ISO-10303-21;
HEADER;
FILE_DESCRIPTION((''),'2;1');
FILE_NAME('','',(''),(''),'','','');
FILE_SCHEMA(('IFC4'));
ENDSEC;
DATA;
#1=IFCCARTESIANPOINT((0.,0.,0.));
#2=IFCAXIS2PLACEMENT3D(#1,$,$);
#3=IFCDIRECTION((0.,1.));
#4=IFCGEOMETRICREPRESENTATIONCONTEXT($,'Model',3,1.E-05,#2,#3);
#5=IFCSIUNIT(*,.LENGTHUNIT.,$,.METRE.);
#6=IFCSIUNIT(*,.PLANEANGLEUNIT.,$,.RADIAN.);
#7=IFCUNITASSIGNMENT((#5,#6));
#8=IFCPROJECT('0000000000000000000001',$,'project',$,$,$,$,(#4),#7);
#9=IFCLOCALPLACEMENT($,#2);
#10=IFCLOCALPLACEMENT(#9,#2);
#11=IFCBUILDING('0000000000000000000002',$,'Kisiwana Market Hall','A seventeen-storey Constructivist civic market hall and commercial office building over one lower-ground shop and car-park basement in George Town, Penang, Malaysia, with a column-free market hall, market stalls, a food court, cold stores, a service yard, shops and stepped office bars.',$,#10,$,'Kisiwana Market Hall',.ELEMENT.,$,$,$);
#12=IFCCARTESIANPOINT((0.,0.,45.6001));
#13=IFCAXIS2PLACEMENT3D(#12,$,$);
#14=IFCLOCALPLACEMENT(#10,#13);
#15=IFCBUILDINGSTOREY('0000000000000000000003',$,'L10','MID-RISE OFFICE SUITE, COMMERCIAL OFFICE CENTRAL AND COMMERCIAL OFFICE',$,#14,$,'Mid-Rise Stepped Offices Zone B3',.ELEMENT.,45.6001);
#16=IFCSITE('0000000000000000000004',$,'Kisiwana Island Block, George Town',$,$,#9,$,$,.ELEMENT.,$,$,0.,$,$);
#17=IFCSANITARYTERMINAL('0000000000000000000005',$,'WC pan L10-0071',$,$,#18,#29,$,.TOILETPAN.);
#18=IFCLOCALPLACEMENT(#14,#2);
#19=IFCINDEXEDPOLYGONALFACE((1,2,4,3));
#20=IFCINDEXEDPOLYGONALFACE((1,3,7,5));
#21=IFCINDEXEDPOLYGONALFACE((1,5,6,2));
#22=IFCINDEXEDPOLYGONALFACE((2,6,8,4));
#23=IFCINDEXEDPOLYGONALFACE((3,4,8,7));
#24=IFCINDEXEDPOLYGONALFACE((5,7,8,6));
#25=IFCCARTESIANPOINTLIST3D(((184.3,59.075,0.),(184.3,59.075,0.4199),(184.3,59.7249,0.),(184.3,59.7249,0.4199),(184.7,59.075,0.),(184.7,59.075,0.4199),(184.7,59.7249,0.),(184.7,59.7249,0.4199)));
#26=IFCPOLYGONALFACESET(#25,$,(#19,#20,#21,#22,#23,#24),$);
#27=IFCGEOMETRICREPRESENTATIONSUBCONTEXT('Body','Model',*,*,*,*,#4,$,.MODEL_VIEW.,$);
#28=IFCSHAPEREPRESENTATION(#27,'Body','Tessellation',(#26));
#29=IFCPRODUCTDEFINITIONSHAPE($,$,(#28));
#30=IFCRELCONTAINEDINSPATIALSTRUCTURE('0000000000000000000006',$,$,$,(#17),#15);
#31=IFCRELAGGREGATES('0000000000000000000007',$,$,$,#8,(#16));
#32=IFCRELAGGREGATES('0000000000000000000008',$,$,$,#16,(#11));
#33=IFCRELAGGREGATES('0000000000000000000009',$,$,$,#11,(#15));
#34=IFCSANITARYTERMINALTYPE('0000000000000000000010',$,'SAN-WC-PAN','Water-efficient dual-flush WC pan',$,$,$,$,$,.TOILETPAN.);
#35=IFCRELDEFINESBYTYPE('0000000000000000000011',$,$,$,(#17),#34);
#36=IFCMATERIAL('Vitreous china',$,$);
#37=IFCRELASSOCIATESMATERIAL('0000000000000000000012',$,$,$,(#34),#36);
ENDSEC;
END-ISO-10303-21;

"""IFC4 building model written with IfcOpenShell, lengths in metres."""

from ifc_helpers import new_model, si_unit, direction, frame, origin, origin_2d, place, context, subcontext, project, spatial, rectangle, extrude, material, type_object, element, save


model = new_model("IFC4")

# Units and contexts
model_context = context("Model", 3, precision=1e-05, world=origin(), true_north=direction((0.0, 1.0)))
body_context = subcontext(model_context, "Body", "Model", "MODEL_VIEW")
ifc_project = project(units=[si_unit("LENGTHUNIT", "METRE"), si_unit("PLANEANGLEUNIT", "RADIAN")], contexts=[model_context])

# Site, building, storey
site_placement = place(None, origin())
site = spatial("IfcSite", under=ifc_project, at=site_placement, Name="Kisiwana Island Block, George Town", CompositionType="ELEMENT", RefElevation=0.0)
building_placement = place(site_placement, origin())
building = spatial("IfcBuilding", under=site, at=building_placement, Name="Kisiwana Market Hall", Description="A seventeen-storey Constructivist civic market hall and commercial office building over one lower-ground shop and car-park basement in George Town, Penang, Malaysia, with a column-free market hall, market stalls, a food court, cold stores, a service yard, shops and stepped office bars.", LongName="Kisiwana Market Hall", CompositionType="ELEMENT")
storey_placement = place(building_placement, frame((0.0, 0.0, 45.6001)))
storey = spatial("IfcBuildingStorey", under=building, at=storey_placement, Name="L10", Description="MID-RISE OFFICE SUITE, COMMERCIAL OFFICE CENTRAL AND COMMERCIAL OFFICE", LongName="Mid-Rise Stepped Offices Zone B3", CompositionType="ELEMENT", Elevation=45.6001)

# Sanitary terminal
ifc_material_1 = material(Name="Vitreous china")
sanitary_terminal_type_1 = type_object("IfcSanitaryTerminalType", Name="SAN-WC-PAN", Description="Water-efficient dual-flush WC pan", PredefinedType="TOILETPAN", material=ifc_material_1)
for number, where, z_axis, x_axis, name in (
    (1, (184.5, 59.3999, 0.0), (0.0, 0.0, 1.0), (1.0, 0.0, 0.0), "WC pan L10-0071"),
):
    element("IfcSanitaryTerminal", number, at=place(storey_placement, frame(where, z_axis=z_axis, x_axis=x_axis)), inside=storey, type_object=sanitary_terminal_type_1, Name=name, PredefinedType="TOILETPAN", context=body_context, shape_type="SweptSolid", body=[
        extrude(rectangle(XDim=0.3999, YDim=0.6499, at=origin_2d()), origin(), (0.0, 0.0, 1.0), 0.4199),
    ])

save(model, "model.ifc")
